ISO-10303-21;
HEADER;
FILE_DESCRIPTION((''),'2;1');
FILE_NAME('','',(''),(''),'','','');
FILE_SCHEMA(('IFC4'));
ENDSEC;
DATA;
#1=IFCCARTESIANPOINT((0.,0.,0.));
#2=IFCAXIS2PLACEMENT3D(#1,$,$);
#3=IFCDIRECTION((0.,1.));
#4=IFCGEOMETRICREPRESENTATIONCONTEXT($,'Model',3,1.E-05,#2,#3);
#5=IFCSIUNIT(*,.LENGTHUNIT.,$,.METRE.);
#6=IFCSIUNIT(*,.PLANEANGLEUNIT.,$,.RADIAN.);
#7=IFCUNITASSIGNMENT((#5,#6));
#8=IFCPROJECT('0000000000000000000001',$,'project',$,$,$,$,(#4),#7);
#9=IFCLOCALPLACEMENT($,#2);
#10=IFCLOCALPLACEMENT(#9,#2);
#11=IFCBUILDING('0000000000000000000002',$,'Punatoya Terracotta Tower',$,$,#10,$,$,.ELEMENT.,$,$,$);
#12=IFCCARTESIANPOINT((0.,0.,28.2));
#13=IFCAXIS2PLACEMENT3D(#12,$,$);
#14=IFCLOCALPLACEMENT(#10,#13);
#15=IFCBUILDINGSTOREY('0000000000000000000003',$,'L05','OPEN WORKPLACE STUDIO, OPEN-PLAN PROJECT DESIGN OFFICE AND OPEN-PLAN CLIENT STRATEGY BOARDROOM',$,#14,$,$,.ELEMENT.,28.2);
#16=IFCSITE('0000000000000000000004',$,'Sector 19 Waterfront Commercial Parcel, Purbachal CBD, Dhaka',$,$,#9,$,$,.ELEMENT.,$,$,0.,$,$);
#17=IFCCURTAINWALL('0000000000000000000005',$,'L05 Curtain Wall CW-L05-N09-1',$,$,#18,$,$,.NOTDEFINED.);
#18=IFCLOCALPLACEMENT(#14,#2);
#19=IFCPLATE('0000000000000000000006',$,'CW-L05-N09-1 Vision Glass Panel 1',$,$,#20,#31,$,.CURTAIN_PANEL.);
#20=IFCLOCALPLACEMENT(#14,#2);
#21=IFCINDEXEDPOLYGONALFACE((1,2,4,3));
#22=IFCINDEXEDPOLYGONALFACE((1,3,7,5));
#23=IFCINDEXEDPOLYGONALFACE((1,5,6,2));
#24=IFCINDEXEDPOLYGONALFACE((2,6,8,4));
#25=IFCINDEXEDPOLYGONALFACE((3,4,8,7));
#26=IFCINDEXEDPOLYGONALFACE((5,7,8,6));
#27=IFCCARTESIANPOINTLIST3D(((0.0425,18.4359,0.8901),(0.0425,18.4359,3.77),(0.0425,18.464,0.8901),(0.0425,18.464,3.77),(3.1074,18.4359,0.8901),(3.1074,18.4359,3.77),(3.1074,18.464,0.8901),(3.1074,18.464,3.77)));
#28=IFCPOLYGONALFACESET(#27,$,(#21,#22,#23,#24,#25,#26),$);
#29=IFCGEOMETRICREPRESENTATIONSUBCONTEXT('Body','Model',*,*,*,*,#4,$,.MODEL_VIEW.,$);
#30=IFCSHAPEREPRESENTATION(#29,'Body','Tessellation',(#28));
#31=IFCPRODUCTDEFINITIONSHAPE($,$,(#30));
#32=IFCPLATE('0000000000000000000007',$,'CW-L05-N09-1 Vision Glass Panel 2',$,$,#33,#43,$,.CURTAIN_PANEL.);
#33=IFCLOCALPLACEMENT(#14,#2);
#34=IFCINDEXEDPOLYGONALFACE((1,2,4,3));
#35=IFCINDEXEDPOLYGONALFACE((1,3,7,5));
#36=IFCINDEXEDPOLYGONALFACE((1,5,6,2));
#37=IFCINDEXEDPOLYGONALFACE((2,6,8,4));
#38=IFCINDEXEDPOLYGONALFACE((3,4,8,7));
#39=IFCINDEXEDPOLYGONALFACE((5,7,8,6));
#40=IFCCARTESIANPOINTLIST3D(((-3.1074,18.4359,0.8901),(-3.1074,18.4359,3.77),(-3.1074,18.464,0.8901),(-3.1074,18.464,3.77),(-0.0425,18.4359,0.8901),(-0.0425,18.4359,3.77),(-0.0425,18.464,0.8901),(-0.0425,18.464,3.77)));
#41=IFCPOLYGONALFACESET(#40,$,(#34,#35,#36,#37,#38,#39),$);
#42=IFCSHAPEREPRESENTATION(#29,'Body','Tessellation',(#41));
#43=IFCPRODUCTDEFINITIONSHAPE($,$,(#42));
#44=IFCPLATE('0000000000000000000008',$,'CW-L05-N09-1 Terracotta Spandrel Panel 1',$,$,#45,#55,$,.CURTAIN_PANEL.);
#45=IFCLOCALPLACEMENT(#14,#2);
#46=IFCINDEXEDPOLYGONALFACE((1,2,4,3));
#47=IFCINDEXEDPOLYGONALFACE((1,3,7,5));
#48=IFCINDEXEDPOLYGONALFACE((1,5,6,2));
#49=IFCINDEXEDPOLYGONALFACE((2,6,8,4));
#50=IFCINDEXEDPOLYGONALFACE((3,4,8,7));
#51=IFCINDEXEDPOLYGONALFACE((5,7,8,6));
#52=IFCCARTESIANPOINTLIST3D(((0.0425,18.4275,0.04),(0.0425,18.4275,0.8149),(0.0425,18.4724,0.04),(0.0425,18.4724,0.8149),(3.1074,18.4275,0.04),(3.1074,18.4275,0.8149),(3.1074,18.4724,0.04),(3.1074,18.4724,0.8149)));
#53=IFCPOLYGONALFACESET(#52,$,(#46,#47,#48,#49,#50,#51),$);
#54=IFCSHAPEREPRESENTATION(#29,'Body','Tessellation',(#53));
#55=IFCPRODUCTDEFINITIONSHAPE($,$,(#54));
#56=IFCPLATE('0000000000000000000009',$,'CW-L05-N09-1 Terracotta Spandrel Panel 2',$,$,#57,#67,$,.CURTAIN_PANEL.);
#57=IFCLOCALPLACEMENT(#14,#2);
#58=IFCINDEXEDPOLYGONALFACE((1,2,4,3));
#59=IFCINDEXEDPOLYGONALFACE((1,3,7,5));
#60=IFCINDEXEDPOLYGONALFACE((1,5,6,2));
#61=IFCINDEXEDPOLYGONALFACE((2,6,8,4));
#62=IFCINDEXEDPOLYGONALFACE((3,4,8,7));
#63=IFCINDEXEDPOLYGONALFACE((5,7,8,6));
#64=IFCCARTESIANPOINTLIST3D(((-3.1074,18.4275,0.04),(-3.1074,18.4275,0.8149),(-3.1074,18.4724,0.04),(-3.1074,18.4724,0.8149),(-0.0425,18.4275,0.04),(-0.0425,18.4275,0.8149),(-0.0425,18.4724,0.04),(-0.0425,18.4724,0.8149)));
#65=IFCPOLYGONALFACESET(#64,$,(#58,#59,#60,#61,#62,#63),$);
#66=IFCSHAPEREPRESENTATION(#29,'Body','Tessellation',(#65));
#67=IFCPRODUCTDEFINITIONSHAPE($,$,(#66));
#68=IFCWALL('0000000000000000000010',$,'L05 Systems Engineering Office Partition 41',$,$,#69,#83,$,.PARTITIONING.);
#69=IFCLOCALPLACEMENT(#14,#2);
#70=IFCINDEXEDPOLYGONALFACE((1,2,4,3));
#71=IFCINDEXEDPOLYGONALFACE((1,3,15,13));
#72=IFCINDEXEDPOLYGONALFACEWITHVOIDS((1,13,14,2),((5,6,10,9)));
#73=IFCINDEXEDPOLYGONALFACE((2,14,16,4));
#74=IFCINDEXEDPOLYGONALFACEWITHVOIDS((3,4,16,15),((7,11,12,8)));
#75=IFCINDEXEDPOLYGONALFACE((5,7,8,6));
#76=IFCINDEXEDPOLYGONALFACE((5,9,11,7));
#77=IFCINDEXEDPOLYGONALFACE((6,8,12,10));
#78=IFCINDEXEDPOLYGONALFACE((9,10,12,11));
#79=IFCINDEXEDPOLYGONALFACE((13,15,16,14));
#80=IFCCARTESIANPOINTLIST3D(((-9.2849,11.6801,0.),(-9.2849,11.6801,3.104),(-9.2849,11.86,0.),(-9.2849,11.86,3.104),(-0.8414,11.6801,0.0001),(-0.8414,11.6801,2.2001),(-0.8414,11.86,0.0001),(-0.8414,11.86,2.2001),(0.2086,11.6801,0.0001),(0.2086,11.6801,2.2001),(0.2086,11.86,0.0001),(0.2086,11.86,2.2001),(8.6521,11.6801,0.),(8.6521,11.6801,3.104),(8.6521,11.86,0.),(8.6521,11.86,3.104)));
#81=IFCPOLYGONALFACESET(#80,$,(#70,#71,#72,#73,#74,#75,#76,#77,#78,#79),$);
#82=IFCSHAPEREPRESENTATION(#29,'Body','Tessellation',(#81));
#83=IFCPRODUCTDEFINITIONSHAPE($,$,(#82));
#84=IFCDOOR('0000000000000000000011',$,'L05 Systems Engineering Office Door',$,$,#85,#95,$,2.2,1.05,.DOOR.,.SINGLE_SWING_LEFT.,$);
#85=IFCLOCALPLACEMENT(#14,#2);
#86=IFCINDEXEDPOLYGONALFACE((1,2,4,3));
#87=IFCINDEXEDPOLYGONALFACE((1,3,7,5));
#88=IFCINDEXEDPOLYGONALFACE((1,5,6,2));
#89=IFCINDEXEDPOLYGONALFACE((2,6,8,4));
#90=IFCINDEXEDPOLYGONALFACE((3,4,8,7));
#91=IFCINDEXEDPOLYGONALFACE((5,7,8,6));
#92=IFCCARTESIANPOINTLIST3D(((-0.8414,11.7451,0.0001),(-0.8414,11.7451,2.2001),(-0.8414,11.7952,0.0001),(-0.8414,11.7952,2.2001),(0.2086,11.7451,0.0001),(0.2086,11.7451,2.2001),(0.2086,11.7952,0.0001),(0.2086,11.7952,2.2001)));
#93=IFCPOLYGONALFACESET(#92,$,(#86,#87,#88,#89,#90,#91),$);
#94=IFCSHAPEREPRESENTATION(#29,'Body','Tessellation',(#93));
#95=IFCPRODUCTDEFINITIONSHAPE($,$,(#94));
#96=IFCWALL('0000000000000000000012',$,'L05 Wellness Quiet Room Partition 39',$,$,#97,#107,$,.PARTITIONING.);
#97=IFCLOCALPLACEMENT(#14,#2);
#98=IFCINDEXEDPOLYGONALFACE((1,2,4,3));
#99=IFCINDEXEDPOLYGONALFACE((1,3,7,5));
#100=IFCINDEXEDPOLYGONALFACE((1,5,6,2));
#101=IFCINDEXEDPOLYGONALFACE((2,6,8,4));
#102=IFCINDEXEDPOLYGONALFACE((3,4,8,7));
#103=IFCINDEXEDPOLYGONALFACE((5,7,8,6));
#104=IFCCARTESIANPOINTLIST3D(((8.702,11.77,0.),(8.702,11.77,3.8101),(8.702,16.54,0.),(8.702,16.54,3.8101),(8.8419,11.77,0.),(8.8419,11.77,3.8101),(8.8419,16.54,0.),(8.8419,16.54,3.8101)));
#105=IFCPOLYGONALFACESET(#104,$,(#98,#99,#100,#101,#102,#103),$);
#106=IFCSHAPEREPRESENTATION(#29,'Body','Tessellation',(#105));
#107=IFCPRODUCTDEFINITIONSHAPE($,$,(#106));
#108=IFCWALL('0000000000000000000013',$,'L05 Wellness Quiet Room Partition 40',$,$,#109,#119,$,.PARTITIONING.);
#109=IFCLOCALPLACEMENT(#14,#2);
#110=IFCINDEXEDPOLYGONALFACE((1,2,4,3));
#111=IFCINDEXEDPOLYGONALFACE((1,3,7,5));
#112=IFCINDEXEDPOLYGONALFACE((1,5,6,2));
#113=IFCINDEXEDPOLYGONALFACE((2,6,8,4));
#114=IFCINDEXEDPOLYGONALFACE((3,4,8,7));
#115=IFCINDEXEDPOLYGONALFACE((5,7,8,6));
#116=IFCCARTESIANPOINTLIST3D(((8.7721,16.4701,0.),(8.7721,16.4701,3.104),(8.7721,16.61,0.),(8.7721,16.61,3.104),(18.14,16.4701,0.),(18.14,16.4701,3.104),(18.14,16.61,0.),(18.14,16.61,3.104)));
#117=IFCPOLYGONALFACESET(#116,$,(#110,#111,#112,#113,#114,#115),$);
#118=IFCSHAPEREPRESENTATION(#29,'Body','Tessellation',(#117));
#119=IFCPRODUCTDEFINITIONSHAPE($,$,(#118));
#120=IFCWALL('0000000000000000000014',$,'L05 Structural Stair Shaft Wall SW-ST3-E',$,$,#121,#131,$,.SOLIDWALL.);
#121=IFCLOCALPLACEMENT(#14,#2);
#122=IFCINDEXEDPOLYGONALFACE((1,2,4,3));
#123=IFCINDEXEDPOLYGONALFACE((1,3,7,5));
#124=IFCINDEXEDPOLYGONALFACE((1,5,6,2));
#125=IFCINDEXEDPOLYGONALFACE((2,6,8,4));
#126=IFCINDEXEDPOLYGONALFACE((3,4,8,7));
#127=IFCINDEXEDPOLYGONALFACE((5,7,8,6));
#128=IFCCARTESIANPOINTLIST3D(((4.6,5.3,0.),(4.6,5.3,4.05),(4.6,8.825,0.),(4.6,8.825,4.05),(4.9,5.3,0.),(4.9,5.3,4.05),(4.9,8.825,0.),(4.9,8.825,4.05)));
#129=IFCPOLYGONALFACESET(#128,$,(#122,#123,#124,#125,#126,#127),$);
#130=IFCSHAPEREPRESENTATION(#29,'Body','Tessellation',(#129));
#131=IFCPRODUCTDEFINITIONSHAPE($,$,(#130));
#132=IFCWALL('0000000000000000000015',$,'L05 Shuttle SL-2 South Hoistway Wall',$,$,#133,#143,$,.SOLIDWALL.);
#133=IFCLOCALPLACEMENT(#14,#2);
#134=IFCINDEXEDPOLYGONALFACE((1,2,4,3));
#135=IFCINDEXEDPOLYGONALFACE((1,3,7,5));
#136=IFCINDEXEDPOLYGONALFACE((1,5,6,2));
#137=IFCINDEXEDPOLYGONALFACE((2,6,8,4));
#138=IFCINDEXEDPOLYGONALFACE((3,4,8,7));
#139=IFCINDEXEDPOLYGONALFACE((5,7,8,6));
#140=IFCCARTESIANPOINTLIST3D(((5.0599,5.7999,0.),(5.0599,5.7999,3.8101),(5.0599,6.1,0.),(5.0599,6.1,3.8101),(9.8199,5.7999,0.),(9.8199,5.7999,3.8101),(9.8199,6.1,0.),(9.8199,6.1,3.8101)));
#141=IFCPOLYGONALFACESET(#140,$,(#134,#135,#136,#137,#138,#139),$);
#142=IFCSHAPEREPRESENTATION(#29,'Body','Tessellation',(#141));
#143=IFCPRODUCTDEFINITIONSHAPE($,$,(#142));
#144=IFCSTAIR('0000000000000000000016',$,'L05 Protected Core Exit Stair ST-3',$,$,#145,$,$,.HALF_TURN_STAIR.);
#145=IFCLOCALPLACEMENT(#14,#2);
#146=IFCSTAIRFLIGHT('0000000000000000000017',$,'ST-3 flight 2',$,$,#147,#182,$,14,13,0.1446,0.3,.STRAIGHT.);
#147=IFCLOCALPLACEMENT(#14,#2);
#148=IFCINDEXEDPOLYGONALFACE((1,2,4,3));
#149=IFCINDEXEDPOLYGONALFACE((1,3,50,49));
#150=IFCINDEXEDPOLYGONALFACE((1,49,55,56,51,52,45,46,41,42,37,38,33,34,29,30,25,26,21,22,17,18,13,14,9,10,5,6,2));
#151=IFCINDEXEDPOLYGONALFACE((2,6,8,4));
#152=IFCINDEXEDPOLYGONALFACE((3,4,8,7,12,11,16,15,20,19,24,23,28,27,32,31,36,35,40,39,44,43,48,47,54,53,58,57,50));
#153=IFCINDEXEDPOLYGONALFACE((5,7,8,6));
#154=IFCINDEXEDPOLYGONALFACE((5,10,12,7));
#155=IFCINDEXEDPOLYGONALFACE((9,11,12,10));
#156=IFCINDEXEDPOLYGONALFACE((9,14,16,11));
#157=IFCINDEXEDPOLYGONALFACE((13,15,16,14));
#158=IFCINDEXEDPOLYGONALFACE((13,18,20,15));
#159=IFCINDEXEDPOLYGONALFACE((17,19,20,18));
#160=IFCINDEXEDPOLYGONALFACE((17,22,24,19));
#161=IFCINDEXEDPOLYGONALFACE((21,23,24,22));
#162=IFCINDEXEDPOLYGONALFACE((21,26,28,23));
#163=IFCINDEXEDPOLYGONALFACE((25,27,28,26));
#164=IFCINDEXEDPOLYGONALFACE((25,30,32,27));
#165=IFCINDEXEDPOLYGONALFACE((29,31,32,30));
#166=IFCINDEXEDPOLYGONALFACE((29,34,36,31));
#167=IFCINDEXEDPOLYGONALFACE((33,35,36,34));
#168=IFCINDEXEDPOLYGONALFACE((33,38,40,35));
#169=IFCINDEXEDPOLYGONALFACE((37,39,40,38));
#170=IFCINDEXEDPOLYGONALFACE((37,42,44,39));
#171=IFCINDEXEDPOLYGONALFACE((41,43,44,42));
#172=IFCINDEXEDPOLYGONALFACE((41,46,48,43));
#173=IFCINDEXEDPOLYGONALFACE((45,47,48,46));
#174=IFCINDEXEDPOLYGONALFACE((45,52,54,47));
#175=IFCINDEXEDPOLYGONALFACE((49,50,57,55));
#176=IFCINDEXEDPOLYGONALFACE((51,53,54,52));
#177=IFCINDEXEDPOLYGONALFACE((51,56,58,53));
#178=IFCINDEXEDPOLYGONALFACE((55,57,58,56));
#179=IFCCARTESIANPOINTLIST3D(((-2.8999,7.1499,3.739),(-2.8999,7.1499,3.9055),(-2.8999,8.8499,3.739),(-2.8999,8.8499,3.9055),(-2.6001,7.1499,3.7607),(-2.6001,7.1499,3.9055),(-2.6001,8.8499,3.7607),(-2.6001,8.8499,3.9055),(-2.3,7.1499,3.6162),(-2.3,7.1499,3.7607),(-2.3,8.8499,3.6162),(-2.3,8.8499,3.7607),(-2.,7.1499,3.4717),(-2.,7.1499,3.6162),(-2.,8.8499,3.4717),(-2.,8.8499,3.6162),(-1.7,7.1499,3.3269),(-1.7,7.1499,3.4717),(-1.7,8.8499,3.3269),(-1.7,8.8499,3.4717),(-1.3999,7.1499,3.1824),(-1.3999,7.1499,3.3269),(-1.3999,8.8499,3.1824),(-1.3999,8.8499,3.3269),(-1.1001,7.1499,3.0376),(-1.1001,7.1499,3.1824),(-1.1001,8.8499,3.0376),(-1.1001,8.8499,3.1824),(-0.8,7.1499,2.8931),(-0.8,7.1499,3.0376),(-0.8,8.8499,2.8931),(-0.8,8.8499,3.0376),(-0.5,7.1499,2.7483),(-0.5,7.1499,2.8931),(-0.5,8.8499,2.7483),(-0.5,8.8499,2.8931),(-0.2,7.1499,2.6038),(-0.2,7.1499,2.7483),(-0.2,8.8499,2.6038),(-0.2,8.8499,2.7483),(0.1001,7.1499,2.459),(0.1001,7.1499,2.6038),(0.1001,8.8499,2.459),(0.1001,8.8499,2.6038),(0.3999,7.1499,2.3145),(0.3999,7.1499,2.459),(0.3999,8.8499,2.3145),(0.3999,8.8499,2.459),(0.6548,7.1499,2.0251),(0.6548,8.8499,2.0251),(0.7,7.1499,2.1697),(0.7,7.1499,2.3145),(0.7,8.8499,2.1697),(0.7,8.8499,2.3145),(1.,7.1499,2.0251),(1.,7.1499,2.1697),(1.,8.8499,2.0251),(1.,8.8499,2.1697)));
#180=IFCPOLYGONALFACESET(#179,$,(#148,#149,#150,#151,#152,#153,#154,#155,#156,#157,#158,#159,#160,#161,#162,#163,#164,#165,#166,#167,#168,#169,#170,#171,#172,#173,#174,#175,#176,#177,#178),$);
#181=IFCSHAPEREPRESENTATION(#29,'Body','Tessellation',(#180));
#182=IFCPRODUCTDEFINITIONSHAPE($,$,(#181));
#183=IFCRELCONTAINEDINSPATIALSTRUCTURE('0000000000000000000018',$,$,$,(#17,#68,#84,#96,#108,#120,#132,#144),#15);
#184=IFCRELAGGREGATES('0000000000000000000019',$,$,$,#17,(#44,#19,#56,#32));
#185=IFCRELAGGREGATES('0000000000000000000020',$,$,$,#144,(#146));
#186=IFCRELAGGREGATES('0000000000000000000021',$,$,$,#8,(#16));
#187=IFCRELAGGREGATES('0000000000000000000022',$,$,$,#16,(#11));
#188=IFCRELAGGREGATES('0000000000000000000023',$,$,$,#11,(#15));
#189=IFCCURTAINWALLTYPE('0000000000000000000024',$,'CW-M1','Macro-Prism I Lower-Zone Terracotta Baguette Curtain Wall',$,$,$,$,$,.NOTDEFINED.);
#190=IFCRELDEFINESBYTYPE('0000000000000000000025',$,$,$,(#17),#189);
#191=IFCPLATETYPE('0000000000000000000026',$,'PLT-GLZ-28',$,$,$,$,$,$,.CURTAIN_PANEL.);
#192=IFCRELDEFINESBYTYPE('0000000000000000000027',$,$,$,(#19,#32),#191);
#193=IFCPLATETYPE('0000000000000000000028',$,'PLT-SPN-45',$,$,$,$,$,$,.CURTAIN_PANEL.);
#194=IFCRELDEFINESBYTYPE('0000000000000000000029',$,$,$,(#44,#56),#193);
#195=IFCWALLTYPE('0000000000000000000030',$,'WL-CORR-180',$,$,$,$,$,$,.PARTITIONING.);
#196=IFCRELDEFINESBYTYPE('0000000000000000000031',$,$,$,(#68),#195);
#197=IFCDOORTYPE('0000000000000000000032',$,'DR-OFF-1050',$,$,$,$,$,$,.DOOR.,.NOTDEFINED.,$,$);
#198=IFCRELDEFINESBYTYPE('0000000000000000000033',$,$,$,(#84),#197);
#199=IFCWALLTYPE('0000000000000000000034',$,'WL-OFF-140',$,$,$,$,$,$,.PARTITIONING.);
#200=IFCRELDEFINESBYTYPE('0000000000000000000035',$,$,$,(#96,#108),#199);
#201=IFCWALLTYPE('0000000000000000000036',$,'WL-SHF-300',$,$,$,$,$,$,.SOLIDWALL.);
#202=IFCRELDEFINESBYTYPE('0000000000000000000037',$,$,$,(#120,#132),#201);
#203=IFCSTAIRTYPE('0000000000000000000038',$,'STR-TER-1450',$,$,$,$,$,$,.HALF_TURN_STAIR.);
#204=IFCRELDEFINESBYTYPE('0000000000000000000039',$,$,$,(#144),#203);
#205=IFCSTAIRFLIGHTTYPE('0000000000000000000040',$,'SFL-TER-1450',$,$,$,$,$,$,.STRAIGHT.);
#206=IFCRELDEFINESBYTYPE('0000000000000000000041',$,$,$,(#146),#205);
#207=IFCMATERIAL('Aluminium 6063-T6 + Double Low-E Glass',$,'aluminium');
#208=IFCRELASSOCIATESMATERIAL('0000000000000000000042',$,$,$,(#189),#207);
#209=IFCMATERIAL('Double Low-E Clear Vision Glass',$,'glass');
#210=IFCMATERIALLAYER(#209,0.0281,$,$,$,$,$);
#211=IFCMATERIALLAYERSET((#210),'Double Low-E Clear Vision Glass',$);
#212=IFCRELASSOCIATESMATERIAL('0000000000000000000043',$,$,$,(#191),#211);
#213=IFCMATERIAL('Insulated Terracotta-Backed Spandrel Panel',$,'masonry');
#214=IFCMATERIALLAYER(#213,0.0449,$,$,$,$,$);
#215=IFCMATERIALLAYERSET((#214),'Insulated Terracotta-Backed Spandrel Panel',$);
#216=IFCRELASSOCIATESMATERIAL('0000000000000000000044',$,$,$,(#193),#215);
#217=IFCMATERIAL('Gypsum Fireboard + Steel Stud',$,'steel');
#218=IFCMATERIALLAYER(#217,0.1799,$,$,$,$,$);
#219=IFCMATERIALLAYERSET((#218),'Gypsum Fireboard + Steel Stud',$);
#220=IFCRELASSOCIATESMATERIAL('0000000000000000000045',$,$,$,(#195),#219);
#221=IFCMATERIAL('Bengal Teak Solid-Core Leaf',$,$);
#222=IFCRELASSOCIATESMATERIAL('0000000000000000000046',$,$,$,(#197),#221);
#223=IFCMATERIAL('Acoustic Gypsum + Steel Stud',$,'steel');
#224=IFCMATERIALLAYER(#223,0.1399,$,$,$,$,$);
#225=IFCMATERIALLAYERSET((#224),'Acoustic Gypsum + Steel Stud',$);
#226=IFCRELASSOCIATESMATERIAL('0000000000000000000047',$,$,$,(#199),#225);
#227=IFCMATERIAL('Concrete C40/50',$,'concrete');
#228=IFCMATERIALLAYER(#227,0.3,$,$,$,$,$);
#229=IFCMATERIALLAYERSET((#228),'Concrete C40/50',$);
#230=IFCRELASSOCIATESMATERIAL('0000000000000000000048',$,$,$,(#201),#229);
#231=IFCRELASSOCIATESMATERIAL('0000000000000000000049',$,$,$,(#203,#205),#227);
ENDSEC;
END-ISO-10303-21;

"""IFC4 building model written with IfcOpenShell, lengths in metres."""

from ifc_helpers import new_model, si_unit, direction, frame, frame_2d, origin, origin_2d, place, context, subcontext, project, spatial, polyline, rectangle, outline, extrude, material, layer, layer_set, type_object, element, fill, aggregate, save


model = new_model("IFC4")

# Units and contexts
model_context = context("Model", 3, precision=1e-05, world=origin(), true_north=direction((0.0, 1.0)))
body_context = subcontext(model_context, "Body", "Model", "MODEL_VIEW")
ifc_project = project(units=[si_unit("LENGTHUNIT", "METRE"), si_unit("PLANEANGLEUNIT", "RADIAN")], contexts=[model_context])

# Site, building, storey
site_placement = place(None, origin())
site = spatial("IfcSite", under=ifc_project, at=site_placement, Name="Sector 19 Waterfront Commercial Parcel, Purbachal CBD, Dhaka", CompositionType="ELEMENT", RefElevation=0.0)
building_placement = place(site_placement, origin())
building = spatial("IfcBuilding", under=site, at=building_placement, Name="Punatoya Terracotta Tower", CompositionType="ELEMENT")
storey_placement = place(building_placement, frame((0.0, 0.0, 28.2)))
storey = spatial("IfcBuildingStorey", under=building, at=storey_placement, Name="L05", Description="OPEN WORKPLACE STUDIO, OPEN-PLAN PROJECT DESIGN OFFICE AND OPEN-PLAN CLIENT STRATEGY BOARDROOM", CompositionType="ELEMENT", Elevation=28.2)

# Curtain wall
ifc_material_1 = material(Name="Aluminium 6063-T6 + Double Low-E Glass", Category="aluminium")
curtain_wall_type = type_object("IfcCurtainWallType", Name="CW-M1", Description="Macro-Prism I Lower-Zone Terracotta Baguette Curtain Wall", PredefinedType="NOTDEFINED", material=ifc_material_1)
curtain_wall_placement = place(storey_placement, origin())
curtain_wall = element("IfcCurtainWall", 1, at=curtain_wall_placement, inside=storey, type_object=curtain_wall_type, Name="L05 Curtain Wall CW-L05-N09-1", PredefinedType="NOTDEFINED")

# Plates
ifc_material_2 = material(Name="Double Low-E Clear Vision Glass", Category="glass")
ifc_layer_1 = layer(ifc_material_2, 0.0281)
ifc_layer_set_1 = layer_set([ifc_layer_1], Name="Double Low-E Clear Vision Glass")
plate_type_1 = type_object("IfcPlateType", Name="PLT-GLZ-28", PredefinedType="CURTAIN_PANEL", material=ifc_layer_set_1)
plate_1_placement = place(storey_placement, frame((1.575, 18.45, 0.8901), z_axis=(0.0, 0.0, 1.0), x_axis=(-1.0, 0.0, 0.0)))
plate_1 = element("IfcPlate", 2, at=plate_1_placement, type_object=plate_type_1, Name="CW-L05-N09-1 Vision Glass Panel 1", PredefinedType="CURTAIN_PANEL", context=body_context, shape_type="SweptSolid", body=[
    extrude(rectangle(XDim=3.0649, YDim=0.0281, at=origin_2d()), origin(), (0.0, 0.0, 1.0), 2.8799),
])
plate_2_placement = place(storey_placement, frame((-1.575, 18.45, 0.8901), z_axis=(0.0, 0.0, 1.0), x_axis=(-1.0, 0.0, 0.0)))
plate_2 = element("IfcPlate", 3, at=plate_2_placement, type_object=plate_type_1, Name="CW-L05-N09-1 Vision Glass Panel 2", PredefinedType="CURTAIN_PANEL", context=body_context, shape_type="SweptSolid", body=[
    extrude(rectangle(XDim=3.0649, YDim=0.0281, at=origin_2d()), origin(), (0.0, 0.0, 1.0), 2.8799),
])
ifc_material_3 = material(Name="Insulated Terracotta-Backed Spandrel Panel", Category="masonry")
ifc_layer_2 = layer(ifc_material_3, 0.0449)
ifc_layer_set_2 = layer_set([ifc_layer_2], Name="Insulated Terracotta-Backed Spandrel Panel")
plate_type_2 = type_object("IfcPlateType", Name="PLT-SPN-45", PredefinedType="CURTAIN_PANEL", material=ifc_layer_set_2)
plate_3_placement = place(storey_placement, frame((1.575, 18.45, 0.04), z_axis=(0.0, 0.0, 1.0), x_axis=(-1.0, 0.0, 0.0)))
plate_3 = element("IfcPlate", 4, at=plate_3_placement, type_object=plate_type_2, Name="CW-L05-N09-1 Terracotta Spandrel Panel 1", PredefinedType="CURTAIN_PANEL", context=body_context, shape_type="SweptSolid", body=[
    extrude(rectangle(XDim=3.0649, YDim=0.0449, at=origin_2d()), origin(), (0.0, 0.0, 1.0), 0.7749),
])
plate_4_placement = place(storey_placement, frame((-1.575, 18.45, 0.04), z_axis=(0.0, 0.0, 1.0), x_axis=(-1.0, 0.0, 0.0)))
plate_4 = element("IfcPlate", 5, at=plate_4_placement, type_object=plate_type_2, Name="CW-L05-N09-1 Terracotta Spandrel Panel 2", PredefinedType="CURTAIN_PANEL", context=body_context, shape_type="SweptSolid", body=[
    extrude(rectangle(XDim=3.0649, YDim=0.0449, at=origin_2d()), origin(), (0.0, 0.0, 1.0), 0.7749),
])
aggregate(curtain_wall, [plate_3, plate_1, plate_4, plate_2])

# Wall, opening, door
ifc_material_4 = material(Name="Gypsum Fireboard + Steel Stud", Category="steel")
ifc_layer_3 = layer(ifc_material_4, 0.1799)
ifc_layer_set_3 = layer_set([ifc_layer_3], Name="Gypsum Fireboard + Steel Stud")
wall_type_1 = type_object("IfcWallType", Name="WL-CORR-180", PredefinedType="PARTITIONING", material=ifc_layer_set_3)
wall_1_placement = place(storey_placement, frame((8.6521, 11.77, 0.0), z_axis=(0.0, 0.0, 1.0), x_axis=(-1.0, 0.0, 0.0)))
wall_1 = element("IfcWall", 6, at=wall_1_placement, inside=storey, type_object=wall_type_1, Name="L05 Systems Engineering Office Partition 41", PredefinedType="PARTITIONING", context=body_context, shape_type="SweptSolid", body=[
    extrude(rectangle(XDim=17.937, YDim=0.1799, at=frame_2d((8.9685, 0.0))), origin(), (0.0, 0.0, 1.0), 3.104),
])
opening_placement = place(wall_1_placement, frame((8.4436, 0.0, 0.0)))
opening = element("IfcOpeningElement", 7, at=opening_placement, cuts=wall_1, PredefinedType="OPENING", context=body_context, shape_type="SweptSolid", body=[
    extrude(rectangle(XDim=1.05, YDim=2.2, at=frame_2d((0.5249, 1.1001))), frame((0.0, 0.0999, 0.0), z_axis=(0.0, -1.0, 0.0), x_axis=(1.0, 0.0, 0.0)), (0.0, 0.0, 1.0), 0.2),
])
ifc_material_5 = material(Name="Bengal Teak Solid-Core Leaf")
door_type = type_object("IfcDoorType", Name="DR-OFF-1050", OperationType="NOTDEFINED", PredefinedType="DOOR", material=ifc_material_5)
door_placement = place(opening_placement, origin())
door = element("IfcDoor", 8, at=door_placement, inside=storey, type_object=door_type, Name="L05 Systems Engineering Office Door", OperationType="SINGLE_SWING_LEFT", OverallHeight=2.2, OverallWidth=1.05, PredefinedType="DOOR", context=body_context, shape_type="SweptSolid", body=[
    extrude(rectangle(XDim=1.05, YDim=2.2, at=frame_2d((0.5249, 1.1001))), frame((0.0, 0.0249, 0.0), z_axis=(0.0, -1.0, 0.0), x_axis=(1.0, 0.0, 0.0)), (0.0, 0.0, 1.0), 0.05),
])
fill(opening, door)

# Walls
ifc_material_6 = material(Name="Acoustic Gypsum + Steel Stud", Category="steel")
ifc_layer_4 = layer(ifc_material_6, 0.1399)
ifc_layer_set_4 = layer_set([ifc_layer_4], Name="Acoustic Gypsum + Steel Stud")
wall_type_2 = type_object("IfcWallType", Name="WL-OFF-140", PredefinedType="PARTITIONING", material=ifc_layer_set_4)
wall_2_placement = place(storey_placement, frame((8.772, 11.77, 0.0), z_axis=(0.0, 0.0, 1.0), x_axis=(0.0, 1.0, 0.0)))
element("IfcWall", 9, at=wall_2_placement, inside=storey, type_object=wall_type_2, Name="L05 Wellness Quiet Room Partition 39", PredefinedType="PARTITIONING", context=body_context, shape_type="SweptSolid", body=[
    extrude(rectangle(XDim=4.77, YDim=0.1399, at=frame_2d((2.385, 0.0))), origin(), (0.0, 0.0, 1.0), 3.8101),
])
wall_3_placement = place(storey_placement, frame((8.772, 16.54, 0.0), z_axis=(0.0, 0.0, 1.0), x_axis=(1.0, 0.0, 0.0)))
element("IfcWall", 10, at=wall_3_placement, inside=storey, type_object=wall_type_2, Name="L05 Wellness Quiet Room Partition 40", PredefinedType="PARTITIONING", context=body_context, shape_type="SweptSolid", body=[
    extrude(rectangle(XDim=9.3679, YDim=0.1399, at=frame_2d((4.6841, 0.0))), origin(), (0.0, 0.0, 1.0), 3.104),
])
ifc_material_7 = material(Name="Concrete C40/50", Category="concrete")
ifc_layer_5 = layer(ifc_material_7, 0.3)
ifc_layer_set_5 = layer_set([ifc_layer_5], Name="Concrete C40/50")
wall_type_3 = type_object("IfcWallType", Name="WL-SHF-300", PredefinedType="SOLIDWALL", material=ifc_layer_set_5)
wall_4_placement = place(storey_placement, frame((4.75, 8.825, 0.0), z_axis=(0.0, 0.0, 1.0), x_axis=(0.0, -1.0, 0.0)))
element("IfcWall", 11, at=wall_4_placement, inside=storey, type_object=wall_type_3, Name="L05 Structural Stair Shaft Wall SW-ST3-E", PredefinedType="SOLIDWALL", context=body_context, shape_type="SweptSolid", body=[
    extrude(rectangle(XDim=3.5249, YDim=0.3, at=frame_2d((1.7625, 0.0))), origin(), (0.0, 0.0, 1.0), 4.05),
])
wall_5_placement = place(storey_placement, frame((5.0601, 5.95, 0.0), z_axis=(0.0, 0.0, 1.0), x_axis=(1.0, 0.0, 0.0)))
element("IfcWall", 12, at=wall_5_placement, inside=storey, type_object=wall_type_3, Name="L05 Shuttle SL-2 South Hoistway Wall", PredefinedType="SOLIDWALL", context=body_context, shape_type="SweptSolid", body=[
    extrude(rectangle(XDim=4.76, YDim=0.3, at=frame_2d((2.3799, 0.0))), origin(), (0.0, 0.0, 1.0), 3.8101),
])

# Stair, stair flight
stair_type = type_object("IfcStairType", Name="STR-TER-1450", PredefinedType="HALF_TURN_STAIR", material=ifc_material_7)
stair_placement = place(storey_placement, origin())
stair = element("IfcStair", 13, at=stair_placement, inside=storey, type_object=stair_type, Name="L05 Protected Core Exit Stair ST-3", PredefinedType="HALF_TURN_STAIR")
stair_flight_type = type_object("IfcStairFlightType", Name="SFL-TER-1450", PredefinedType="STRAIGHT", material=ifc_material_7)
stair_flight_placement = place(storey_placement, frame((1.0, 8.0, 2.0251), z_axis=(0.0, 0.0, 1.0), x_axis=(-1.0, 0.0, 0.0)))
stair_flight = element("IfcStairFlight", 14, at=stair_flight_placement, type_object=stair_flight_type, Name="ST-3 flight 2", NumberOfRisers=14, NumberOfTreads=13, PredefinedType="STRAIGHT", RiserHeight=0.1446, TreadLength=0.3, context=body_context, shape_type="SweptSolid", body=[
    extrude(outline(polyline([(0.0, 0.0), (0.0, 0.1445), (0.3, 0.1445), (0.3, 0.2893), (0.6001, 0.2893), (0.6001, 0.4338), (0.8999, 0.4338), (0.8999, 0.5786), (1.2, 0.5786), (1.2, 0.7231), (1.5, 0.7231), (1.5, 0.8679), (1.8, 0.8679), (1.8, 1.0125), (2.1001, 1.0125), (2.1001, 1.1572), (2.3999, 1.1572), (2.3999, 1.3018), (2.7, 1.3018), (2.7, 1.4465), (3.0, 1.4465), (3.0, 1.5911), (3.3, 1.5911), (3.3, 1.7356), (3.6001, 1.7356), (3.6001, 1.8804), (3.8999, 1.8804), (3.8999, 2.0249), (3.8999, 1.7139), (0.3452, 0.0), (0.0, 0.0)])), frame((0.0, 0.8501, 0.0), z_axis=(0.0, -1.0, 0.0), x_axis=(1.0, 0.0, 0.0)), (0.0, 0.0, 1.0), 1.7),
])
aggregate(stair, [stair_flight])

save(model, "model.ifc")
